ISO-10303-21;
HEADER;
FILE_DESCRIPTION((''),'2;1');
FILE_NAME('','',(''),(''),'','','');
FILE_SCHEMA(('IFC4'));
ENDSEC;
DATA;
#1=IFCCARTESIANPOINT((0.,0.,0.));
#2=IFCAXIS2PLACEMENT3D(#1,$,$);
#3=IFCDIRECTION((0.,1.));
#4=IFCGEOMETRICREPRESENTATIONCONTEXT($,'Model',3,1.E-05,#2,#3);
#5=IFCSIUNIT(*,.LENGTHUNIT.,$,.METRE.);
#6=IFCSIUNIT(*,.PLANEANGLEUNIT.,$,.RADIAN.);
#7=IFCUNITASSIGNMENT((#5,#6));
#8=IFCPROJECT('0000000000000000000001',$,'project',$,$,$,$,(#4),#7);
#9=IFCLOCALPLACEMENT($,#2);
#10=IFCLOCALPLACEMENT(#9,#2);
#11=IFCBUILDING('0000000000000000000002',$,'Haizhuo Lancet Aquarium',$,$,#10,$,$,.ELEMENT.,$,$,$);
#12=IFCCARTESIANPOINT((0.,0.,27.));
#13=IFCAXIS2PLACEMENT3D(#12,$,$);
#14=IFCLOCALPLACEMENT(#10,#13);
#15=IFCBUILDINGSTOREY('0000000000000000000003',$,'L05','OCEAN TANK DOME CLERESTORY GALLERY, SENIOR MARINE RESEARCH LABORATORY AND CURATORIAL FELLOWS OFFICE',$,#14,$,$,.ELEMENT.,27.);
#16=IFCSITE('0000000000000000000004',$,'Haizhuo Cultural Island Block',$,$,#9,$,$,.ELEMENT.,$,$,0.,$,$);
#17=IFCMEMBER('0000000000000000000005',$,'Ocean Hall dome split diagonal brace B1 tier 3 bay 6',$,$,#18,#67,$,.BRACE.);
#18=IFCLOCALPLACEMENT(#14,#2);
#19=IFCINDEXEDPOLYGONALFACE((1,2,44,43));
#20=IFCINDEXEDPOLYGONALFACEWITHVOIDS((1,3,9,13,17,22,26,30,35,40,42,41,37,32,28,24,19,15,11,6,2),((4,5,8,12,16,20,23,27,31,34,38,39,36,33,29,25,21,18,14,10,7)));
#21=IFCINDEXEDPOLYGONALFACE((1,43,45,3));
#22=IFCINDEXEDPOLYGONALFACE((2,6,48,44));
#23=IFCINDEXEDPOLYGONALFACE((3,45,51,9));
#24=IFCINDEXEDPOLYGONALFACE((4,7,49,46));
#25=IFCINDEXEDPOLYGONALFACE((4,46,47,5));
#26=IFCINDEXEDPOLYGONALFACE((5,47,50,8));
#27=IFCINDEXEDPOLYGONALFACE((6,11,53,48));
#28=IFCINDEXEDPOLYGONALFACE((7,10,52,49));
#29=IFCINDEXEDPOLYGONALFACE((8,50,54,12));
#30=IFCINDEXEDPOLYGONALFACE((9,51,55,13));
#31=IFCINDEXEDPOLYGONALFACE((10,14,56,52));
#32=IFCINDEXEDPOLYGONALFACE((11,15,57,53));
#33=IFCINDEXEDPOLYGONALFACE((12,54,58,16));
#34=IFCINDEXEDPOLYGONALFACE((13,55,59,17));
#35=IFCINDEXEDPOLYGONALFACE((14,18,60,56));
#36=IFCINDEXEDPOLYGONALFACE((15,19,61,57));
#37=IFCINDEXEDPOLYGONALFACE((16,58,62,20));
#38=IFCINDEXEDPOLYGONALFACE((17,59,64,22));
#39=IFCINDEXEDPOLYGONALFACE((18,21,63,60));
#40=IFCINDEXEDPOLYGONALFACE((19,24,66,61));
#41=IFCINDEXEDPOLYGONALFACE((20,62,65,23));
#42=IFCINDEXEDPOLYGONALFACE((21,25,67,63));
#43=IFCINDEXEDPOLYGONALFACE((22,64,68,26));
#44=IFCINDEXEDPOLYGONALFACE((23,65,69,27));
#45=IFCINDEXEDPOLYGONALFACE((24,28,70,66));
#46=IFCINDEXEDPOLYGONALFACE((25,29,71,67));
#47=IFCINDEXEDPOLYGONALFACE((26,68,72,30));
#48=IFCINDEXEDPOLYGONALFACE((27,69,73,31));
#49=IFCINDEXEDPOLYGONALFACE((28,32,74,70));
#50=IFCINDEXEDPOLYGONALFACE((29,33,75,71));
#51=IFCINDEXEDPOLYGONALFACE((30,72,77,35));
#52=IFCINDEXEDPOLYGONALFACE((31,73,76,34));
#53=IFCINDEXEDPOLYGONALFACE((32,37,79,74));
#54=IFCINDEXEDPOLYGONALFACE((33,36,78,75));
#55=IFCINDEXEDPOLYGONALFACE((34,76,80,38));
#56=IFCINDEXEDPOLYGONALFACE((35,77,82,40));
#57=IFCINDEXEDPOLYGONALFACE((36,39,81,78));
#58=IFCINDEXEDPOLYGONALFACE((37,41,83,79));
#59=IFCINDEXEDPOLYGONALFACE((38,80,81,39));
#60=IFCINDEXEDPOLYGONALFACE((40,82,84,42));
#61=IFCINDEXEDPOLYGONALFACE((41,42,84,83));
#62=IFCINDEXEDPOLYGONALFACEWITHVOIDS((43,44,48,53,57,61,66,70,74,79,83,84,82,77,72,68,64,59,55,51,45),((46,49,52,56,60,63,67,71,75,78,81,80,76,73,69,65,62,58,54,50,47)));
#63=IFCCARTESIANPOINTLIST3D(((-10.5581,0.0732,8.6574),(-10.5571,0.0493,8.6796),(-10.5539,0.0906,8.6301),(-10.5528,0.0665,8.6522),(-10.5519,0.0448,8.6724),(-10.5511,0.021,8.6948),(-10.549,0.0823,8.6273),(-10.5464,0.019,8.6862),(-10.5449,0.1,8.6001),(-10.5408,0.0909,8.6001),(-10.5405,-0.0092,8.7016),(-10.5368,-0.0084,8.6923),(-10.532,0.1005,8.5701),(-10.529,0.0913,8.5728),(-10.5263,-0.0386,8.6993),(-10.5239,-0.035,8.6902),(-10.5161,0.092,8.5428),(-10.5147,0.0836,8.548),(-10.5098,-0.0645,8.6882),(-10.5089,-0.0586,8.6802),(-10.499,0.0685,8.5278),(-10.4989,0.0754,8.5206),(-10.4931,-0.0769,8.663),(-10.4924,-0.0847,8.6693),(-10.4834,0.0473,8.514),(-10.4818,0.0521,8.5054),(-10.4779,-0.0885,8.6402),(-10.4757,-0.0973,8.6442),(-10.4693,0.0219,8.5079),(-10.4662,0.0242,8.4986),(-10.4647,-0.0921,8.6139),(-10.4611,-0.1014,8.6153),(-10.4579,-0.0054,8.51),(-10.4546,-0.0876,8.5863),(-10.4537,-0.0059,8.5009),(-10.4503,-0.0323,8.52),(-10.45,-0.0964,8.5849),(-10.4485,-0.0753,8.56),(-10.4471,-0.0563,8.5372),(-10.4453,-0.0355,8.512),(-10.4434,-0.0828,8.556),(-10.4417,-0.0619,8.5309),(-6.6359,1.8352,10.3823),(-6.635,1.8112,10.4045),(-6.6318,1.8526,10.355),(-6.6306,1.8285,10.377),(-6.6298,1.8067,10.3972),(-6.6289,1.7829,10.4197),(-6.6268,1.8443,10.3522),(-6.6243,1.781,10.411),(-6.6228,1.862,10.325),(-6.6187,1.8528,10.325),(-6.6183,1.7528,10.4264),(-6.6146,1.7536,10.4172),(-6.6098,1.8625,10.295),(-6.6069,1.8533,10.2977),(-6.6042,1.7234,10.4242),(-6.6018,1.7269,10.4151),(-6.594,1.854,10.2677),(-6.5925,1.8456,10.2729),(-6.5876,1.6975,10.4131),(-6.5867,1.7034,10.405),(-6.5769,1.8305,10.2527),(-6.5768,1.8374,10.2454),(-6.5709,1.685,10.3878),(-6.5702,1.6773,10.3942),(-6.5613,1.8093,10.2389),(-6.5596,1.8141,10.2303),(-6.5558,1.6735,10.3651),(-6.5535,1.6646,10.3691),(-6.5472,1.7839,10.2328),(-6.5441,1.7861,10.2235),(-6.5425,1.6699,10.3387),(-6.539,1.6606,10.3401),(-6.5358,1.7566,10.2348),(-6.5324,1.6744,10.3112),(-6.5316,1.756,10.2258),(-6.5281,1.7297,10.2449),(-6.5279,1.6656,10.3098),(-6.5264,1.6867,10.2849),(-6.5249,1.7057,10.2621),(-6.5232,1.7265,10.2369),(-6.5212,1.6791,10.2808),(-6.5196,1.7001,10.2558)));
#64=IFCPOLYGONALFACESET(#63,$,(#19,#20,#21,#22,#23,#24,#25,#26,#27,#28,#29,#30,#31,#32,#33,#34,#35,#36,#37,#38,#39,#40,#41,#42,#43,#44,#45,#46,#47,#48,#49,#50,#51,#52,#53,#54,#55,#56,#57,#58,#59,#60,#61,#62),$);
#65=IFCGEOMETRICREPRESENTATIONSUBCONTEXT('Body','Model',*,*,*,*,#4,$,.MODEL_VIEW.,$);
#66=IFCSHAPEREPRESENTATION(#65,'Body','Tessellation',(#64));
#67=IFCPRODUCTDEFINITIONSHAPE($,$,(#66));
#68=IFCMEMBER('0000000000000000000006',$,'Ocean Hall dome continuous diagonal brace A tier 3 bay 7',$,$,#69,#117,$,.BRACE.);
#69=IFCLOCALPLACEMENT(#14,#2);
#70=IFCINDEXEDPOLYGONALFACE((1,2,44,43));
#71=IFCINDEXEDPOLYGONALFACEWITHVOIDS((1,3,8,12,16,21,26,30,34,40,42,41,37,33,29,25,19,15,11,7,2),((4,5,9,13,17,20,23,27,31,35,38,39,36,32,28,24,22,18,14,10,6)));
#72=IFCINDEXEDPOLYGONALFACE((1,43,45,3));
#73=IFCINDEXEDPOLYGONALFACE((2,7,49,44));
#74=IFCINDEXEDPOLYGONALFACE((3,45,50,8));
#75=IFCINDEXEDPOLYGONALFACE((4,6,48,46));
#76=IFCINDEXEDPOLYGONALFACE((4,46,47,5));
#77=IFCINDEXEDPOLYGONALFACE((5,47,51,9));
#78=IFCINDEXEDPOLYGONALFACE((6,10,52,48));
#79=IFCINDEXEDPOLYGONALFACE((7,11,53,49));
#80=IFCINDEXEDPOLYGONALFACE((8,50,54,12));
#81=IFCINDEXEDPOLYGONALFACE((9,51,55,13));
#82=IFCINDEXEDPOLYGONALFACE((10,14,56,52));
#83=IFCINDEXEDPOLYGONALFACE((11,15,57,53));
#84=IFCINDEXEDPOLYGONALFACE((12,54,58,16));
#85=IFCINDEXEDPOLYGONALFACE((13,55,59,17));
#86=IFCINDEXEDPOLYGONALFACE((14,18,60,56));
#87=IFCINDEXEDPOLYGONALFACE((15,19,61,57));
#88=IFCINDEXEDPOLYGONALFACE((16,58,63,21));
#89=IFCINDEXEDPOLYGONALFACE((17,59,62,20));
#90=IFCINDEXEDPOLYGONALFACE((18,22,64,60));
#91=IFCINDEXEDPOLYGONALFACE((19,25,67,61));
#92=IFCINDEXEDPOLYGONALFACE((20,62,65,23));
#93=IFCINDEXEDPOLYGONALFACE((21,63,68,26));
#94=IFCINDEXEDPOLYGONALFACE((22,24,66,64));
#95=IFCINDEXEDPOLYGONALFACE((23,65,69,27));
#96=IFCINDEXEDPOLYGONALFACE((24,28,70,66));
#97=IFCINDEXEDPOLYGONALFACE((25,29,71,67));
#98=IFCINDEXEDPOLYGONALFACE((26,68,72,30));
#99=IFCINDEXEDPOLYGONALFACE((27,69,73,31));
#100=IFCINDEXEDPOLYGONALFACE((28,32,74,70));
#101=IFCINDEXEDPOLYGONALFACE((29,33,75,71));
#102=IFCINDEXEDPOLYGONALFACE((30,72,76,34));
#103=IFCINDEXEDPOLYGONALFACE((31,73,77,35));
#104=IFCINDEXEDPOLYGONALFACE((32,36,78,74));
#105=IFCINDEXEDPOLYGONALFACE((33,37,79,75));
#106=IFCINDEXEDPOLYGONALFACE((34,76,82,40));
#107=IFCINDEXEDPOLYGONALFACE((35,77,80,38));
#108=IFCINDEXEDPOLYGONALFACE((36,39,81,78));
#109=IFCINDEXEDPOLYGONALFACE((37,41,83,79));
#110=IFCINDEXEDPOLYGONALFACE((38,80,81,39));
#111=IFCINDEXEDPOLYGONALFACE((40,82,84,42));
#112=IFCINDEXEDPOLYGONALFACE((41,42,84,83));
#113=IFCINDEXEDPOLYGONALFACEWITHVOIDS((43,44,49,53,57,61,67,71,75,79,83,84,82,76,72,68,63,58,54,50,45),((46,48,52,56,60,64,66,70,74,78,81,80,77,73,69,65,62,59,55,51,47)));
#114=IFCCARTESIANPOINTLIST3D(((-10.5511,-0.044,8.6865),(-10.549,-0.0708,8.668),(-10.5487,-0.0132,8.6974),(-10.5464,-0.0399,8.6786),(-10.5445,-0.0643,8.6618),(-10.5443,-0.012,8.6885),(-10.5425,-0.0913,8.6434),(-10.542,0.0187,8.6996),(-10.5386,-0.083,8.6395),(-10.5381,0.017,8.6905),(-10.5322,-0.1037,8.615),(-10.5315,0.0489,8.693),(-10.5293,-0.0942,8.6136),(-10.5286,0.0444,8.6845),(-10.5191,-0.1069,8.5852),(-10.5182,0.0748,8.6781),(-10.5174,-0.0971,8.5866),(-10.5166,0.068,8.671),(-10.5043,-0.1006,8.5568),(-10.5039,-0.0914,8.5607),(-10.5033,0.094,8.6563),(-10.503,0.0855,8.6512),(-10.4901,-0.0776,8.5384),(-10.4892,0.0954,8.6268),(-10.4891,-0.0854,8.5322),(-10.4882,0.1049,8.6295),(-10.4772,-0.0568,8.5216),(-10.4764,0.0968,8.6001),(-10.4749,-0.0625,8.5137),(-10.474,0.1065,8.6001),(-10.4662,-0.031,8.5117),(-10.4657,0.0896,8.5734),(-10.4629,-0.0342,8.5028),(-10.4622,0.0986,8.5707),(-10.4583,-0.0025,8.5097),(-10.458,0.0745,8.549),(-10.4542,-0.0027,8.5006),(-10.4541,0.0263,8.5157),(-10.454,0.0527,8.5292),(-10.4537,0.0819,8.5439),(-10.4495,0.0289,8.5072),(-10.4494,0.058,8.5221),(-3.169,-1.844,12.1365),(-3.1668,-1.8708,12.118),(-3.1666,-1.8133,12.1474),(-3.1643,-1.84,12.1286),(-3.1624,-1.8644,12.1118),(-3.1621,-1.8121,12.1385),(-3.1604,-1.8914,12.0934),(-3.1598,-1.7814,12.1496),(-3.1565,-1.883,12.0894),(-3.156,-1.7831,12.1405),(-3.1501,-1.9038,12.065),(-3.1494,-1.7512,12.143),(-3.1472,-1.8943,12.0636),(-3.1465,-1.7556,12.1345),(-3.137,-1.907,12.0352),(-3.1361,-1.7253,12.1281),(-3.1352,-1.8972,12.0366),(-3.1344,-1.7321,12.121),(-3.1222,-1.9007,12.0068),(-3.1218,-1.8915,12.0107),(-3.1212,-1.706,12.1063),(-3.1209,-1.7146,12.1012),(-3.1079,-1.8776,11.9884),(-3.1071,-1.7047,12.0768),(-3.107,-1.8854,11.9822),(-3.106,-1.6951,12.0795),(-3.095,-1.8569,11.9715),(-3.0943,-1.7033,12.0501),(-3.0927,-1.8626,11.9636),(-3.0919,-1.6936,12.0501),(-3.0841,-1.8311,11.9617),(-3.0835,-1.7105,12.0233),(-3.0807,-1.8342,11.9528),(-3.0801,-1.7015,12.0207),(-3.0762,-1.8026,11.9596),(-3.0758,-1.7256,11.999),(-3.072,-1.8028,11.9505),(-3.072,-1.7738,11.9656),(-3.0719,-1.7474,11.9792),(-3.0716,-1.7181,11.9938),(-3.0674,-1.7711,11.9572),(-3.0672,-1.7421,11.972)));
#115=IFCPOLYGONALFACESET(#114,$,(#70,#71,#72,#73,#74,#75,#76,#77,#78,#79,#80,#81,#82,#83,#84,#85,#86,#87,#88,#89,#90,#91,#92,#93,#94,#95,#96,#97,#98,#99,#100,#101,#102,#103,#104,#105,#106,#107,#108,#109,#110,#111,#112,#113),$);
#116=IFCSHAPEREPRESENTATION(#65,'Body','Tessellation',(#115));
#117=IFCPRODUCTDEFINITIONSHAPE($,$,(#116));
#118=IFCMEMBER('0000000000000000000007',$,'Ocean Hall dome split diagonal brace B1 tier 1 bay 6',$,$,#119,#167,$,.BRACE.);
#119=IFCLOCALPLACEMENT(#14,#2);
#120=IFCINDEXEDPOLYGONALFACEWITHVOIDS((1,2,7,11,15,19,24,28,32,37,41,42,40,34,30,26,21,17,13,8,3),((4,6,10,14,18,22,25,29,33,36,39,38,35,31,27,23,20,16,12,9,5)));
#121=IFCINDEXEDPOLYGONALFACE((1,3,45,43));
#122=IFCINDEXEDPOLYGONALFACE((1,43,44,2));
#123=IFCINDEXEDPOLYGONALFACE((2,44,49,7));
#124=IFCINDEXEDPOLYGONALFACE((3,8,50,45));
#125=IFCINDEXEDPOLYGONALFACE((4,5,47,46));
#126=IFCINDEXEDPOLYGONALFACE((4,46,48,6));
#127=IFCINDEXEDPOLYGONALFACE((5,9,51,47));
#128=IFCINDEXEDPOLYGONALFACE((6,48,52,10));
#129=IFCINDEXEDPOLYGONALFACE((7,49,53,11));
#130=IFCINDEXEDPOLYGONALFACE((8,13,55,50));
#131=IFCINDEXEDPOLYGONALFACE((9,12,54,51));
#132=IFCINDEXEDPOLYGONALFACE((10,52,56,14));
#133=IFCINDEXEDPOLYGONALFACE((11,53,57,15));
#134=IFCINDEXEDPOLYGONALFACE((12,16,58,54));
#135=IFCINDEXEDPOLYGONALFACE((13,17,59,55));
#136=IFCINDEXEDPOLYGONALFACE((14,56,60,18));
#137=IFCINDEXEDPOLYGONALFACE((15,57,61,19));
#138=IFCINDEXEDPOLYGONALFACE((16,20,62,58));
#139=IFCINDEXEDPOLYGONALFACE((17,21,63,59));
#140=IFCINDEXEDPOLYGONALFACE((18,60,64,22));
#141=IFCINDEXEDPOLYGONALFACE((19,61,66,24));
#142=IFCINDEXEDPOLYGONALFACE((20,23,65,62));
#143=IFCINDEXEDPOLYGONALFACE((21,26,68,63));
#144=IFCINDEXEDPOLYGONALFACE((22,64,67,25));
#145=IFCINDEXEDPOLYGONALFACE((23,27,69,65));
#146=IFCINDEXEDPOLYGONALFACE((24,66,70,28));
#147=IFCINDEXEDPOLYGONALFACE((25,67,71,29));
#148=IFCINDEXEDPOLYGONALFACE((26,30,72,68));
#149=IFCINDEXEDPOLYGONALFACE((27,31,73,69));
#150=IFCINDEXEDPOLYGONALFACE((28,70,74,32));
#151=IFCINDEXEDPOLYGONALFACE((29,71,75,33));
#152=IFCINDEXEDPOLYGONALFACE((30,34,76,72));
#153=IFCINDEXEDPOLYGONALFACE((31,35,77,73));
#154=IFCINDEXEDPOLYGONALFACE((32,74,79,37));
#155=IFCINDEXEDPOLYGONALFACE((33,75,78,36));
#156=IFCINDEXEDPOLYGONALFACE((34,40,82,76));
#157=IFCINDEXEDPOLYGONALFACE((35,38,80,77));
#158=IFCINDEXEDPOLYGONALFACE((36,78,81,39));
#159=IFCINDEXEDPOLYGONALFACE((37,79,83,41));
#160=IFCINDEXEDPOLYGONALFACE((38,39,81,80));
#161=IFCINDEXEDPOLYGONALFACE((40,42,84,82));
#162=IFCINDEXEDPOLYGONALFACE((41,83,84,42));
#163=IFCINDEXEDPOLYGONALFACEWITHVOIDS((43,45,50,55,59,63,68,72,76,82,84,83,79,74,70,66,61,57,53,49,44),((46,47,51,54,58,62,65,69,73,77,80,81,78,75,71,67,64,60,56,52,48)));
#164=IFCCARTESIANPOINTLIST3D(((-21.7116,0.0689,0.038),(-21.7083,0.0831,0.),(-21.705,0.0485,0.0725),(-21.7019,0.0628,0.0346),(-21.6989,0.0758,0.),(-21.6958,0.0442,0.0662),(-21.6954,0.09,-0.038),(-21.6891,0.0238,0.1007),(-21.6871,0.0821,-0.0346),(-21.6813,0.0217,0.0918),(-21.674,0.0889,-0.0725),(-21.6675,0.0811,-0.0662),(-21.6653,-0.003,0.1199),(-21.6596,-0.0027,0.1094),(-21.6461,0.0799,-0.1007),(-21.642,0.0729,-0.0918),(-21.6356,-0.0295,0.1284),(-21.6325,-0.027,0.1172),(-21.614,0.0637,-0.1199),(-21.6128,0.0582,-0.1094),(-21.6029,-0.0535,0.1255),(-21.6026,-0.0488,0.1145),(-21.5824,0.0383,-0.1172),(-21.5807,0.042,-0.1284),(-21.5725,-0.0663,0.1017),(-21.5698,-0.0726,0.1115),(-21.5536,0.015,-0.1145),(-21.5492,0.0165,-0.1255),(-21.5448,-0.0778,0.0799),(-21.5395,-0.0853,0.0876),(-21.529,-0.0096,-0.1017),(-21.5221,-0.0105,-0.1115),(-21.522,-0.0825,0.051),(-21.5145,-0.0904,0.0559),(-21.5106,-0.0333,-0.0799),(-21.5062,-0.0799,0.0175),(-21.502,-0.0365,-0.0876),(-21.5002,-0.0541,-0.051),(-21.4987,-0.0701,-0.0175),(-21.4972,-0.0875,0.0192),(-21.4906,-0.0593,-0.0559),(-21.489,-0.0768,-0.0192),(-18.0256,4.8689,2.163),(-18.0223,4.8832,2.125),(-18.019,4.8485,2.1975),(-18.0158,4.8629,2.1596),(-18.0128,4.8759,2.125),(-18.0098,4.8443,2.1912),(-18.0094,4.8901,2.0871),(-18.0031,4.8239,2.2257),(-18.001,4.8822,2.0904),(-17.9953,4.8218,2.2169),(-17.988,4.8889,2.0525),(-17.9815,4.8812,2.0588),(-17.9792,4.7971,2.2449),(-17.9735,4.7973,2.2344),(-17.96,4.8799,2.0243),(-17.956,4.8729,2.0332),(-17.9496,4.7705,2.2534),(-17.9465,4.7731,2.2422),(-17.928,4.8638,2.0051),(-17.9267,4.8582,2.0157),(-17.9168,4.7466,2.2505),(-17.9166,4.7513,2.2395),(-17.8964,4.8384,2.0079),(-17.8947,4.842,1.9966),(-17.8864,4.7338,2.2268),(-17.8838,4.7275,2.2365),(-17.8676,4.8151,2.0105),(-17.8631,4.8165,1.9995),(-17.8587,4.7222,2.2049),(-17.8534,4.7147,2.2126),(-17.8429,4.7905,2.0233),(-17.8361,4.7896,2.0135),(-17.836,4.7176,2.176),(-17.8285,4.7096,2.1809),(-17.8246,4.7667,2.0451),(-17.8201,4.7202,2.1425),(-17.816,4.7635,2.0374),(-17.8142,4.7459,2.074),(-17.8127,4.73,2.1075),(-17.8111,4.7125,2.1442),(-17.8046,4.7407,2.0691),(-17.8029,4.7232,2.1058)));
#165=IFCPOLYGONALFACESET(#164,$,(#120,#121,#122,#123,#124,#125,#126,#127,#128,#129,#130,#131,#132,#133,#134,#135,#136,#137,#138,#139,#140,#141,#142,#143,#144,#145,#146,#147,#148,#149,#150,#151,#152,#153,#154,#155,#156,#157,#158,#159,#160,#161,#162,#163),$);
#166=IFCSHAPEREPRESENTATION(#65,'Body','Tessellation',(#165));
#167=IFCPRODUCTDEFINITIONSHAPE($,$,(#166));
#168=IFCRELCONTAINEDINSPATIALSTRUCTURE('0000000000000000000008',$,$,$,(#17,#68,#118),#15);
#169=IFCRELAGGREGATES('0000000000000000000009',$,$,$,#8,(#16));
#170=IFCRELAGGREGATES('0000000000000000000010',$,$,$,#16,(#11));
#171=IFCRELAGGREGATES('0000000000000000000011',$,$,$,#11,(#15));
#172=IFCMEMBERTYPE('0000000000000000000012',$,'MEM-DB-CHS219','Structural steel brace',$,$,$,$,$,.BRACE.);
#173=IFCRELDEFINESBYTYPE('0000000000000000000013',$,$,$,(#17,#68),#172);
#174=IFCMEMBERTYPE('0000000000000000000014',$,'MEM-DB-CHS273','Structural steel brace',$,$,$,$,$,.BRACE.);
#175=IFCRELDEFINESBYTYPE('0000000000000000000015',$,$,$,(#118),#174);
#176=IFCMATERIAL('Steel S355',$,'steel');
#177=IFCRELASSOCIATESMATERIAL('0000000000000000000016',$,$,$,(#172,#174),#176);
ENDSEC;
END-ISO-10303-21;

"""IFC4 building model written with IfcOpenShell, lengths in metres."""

from ifc_helpers import new_model, si_unit, direction, frame, origin, origin_2d, place, context, subcontext, project, spatial, hollow_circle, extrude, material, material_profile, profile_set, type_object, element, save


model = new_model("IFC4")

# Units and contexts
model_context = context("Model", 3, precision=1e-05, world=origin(), true_north=direction((0.0, 1.0)))
body_context = subcontext(model_context, "Body", "Model", "MODEL_VIEW")
ifc_project = project(units=[si_unit("LENGTHUNIT", "METRE"), si_unit("PLANEANGLEUNIT", "RADIAN")], contexts=[model_context])

# Site, building, storey
site_placement = place(None, origin())
site = spatial("IfcSite", under=ifc_project, at=site_placement, Name="Haizhuo Cultural Island Block", CompositionType="ELEMENT", RefElevation=0.0)
building_placement = place(site_placement, origin())
building = spatial("IfcBuilding", under=site, at=building_placement, Name="Haizhuo Lancet Aquarium", CompositionType="ELEMENT")
storey_placement = place(building_placement, frame((0.0, 0.0, 27.0)))
storey = spatial("IfcBuildingStorey", under=building, at=storey_placement, Name="L05", Description="OCEAN TANK DOME CLERESTORY GALLERY, SENIOR MARINE RESEARCH LABORATORY AND CURATORIAL FELLOWS OFFICE", CompositionType="ELEMENT", Elevation=27.0)

# Members
ifc_material_1 = material(Name="Steel S355", Category="steel")
ifc_material_profile_1 = material_profile(ifc_material_1, hollow_circle(Radius=0.1096, WallThickness=0.01, at=origin_2d()), Name="CHS 219x10")
ifc_profile_set_1 = profile_set([ifc_material_profile_1], Name="Steel S355")
member_type_1 = type_object("IfcMemberType", Name="MEM-DB-CHS219", Description="Structural steel brace", PredefinedType="BRACE", material=ifc_profile_set_1)
member_1_placement = place(storey_placement, frame((-10.5, 0.0, 8.6001), z_axis=(0.846602, 0.380325, 0.372315), x_axis=(-0.409786, 0.912182, 0.0)))
element("IfcMember", 1, at=member_1_placement, inside=storey, type_object=member_type_1, Name="Ocean Hall dome split diagonal brace B1 tier 3 bay 6", PredefinedType="BRACE", context=body_context, shape_type="SweptSolid", body=[
    extrude(hollow_circle(Radius=0.1096, WallThickness=0.01, at=origin_2d()), origin(), (0.0, 0.0, 1.0), 4.6328),
])
member_2_placement = place(storey_placement, frame((-10.5, 0.0, 8.6001), z_axis=(0.884621, -0.215706, 0.41342), x_axis=(0.236899, 0.971534, 0.0)))
element("IfcMember", 2, at=member_2_placement, inside=storey, type_object=member_type_1, Name="Ocean Hall dome continuous diagonal brace A tier 3 bay 7", PredefinedType="BRACE", context=body_context, shape_type="SweptSolid", body=[
    extrude(hollow_circle(Radius=0.1096, WallThickness=0.01, at=origin_2d()), origin(), (0.0, 0.0, 1.0), 8.345),
])
ifc_material_profile_2 = material_profile(ifc_material_1, hollow_circle(Radius=0.1365, WallThickness=0.012, at=origin_2d()), Name="CHS 273x12")
ifc_profile_set_2 = profile_set([ifc_material_profile_2], Name="Steel S355")
member_type_2 = type_object("IfcMemberType", Name="MEM-DB-CHS273", Description="Structural steel brace", PredefinedType="BRACE", material=ifc_profile_set_2)
member_3_placement = place(storey_placement, frame((-21.6001, 0.0, 0.0), z_axis=(0.574661, 0.748338, 0.331292), x_axis=(-0.793128, 0.609056, 0.0)))
element("IfcMember", 3, at=member_3_placement, inside=storey, type_object=member_type_2, Name="Ocean Hall dome split diagonal brace B1 tier 1 bay 6", PredefinedType="BRACE", context=body_context, shape_type="SweptSolid", body=[
    extrude(hollow_circle(Radius=0.1365, WallThickness=0.012, at=origin_2d()), origin(), (0.0, 0.0, 1.0), 6.4143),
])

save(model, "model.ifc")
